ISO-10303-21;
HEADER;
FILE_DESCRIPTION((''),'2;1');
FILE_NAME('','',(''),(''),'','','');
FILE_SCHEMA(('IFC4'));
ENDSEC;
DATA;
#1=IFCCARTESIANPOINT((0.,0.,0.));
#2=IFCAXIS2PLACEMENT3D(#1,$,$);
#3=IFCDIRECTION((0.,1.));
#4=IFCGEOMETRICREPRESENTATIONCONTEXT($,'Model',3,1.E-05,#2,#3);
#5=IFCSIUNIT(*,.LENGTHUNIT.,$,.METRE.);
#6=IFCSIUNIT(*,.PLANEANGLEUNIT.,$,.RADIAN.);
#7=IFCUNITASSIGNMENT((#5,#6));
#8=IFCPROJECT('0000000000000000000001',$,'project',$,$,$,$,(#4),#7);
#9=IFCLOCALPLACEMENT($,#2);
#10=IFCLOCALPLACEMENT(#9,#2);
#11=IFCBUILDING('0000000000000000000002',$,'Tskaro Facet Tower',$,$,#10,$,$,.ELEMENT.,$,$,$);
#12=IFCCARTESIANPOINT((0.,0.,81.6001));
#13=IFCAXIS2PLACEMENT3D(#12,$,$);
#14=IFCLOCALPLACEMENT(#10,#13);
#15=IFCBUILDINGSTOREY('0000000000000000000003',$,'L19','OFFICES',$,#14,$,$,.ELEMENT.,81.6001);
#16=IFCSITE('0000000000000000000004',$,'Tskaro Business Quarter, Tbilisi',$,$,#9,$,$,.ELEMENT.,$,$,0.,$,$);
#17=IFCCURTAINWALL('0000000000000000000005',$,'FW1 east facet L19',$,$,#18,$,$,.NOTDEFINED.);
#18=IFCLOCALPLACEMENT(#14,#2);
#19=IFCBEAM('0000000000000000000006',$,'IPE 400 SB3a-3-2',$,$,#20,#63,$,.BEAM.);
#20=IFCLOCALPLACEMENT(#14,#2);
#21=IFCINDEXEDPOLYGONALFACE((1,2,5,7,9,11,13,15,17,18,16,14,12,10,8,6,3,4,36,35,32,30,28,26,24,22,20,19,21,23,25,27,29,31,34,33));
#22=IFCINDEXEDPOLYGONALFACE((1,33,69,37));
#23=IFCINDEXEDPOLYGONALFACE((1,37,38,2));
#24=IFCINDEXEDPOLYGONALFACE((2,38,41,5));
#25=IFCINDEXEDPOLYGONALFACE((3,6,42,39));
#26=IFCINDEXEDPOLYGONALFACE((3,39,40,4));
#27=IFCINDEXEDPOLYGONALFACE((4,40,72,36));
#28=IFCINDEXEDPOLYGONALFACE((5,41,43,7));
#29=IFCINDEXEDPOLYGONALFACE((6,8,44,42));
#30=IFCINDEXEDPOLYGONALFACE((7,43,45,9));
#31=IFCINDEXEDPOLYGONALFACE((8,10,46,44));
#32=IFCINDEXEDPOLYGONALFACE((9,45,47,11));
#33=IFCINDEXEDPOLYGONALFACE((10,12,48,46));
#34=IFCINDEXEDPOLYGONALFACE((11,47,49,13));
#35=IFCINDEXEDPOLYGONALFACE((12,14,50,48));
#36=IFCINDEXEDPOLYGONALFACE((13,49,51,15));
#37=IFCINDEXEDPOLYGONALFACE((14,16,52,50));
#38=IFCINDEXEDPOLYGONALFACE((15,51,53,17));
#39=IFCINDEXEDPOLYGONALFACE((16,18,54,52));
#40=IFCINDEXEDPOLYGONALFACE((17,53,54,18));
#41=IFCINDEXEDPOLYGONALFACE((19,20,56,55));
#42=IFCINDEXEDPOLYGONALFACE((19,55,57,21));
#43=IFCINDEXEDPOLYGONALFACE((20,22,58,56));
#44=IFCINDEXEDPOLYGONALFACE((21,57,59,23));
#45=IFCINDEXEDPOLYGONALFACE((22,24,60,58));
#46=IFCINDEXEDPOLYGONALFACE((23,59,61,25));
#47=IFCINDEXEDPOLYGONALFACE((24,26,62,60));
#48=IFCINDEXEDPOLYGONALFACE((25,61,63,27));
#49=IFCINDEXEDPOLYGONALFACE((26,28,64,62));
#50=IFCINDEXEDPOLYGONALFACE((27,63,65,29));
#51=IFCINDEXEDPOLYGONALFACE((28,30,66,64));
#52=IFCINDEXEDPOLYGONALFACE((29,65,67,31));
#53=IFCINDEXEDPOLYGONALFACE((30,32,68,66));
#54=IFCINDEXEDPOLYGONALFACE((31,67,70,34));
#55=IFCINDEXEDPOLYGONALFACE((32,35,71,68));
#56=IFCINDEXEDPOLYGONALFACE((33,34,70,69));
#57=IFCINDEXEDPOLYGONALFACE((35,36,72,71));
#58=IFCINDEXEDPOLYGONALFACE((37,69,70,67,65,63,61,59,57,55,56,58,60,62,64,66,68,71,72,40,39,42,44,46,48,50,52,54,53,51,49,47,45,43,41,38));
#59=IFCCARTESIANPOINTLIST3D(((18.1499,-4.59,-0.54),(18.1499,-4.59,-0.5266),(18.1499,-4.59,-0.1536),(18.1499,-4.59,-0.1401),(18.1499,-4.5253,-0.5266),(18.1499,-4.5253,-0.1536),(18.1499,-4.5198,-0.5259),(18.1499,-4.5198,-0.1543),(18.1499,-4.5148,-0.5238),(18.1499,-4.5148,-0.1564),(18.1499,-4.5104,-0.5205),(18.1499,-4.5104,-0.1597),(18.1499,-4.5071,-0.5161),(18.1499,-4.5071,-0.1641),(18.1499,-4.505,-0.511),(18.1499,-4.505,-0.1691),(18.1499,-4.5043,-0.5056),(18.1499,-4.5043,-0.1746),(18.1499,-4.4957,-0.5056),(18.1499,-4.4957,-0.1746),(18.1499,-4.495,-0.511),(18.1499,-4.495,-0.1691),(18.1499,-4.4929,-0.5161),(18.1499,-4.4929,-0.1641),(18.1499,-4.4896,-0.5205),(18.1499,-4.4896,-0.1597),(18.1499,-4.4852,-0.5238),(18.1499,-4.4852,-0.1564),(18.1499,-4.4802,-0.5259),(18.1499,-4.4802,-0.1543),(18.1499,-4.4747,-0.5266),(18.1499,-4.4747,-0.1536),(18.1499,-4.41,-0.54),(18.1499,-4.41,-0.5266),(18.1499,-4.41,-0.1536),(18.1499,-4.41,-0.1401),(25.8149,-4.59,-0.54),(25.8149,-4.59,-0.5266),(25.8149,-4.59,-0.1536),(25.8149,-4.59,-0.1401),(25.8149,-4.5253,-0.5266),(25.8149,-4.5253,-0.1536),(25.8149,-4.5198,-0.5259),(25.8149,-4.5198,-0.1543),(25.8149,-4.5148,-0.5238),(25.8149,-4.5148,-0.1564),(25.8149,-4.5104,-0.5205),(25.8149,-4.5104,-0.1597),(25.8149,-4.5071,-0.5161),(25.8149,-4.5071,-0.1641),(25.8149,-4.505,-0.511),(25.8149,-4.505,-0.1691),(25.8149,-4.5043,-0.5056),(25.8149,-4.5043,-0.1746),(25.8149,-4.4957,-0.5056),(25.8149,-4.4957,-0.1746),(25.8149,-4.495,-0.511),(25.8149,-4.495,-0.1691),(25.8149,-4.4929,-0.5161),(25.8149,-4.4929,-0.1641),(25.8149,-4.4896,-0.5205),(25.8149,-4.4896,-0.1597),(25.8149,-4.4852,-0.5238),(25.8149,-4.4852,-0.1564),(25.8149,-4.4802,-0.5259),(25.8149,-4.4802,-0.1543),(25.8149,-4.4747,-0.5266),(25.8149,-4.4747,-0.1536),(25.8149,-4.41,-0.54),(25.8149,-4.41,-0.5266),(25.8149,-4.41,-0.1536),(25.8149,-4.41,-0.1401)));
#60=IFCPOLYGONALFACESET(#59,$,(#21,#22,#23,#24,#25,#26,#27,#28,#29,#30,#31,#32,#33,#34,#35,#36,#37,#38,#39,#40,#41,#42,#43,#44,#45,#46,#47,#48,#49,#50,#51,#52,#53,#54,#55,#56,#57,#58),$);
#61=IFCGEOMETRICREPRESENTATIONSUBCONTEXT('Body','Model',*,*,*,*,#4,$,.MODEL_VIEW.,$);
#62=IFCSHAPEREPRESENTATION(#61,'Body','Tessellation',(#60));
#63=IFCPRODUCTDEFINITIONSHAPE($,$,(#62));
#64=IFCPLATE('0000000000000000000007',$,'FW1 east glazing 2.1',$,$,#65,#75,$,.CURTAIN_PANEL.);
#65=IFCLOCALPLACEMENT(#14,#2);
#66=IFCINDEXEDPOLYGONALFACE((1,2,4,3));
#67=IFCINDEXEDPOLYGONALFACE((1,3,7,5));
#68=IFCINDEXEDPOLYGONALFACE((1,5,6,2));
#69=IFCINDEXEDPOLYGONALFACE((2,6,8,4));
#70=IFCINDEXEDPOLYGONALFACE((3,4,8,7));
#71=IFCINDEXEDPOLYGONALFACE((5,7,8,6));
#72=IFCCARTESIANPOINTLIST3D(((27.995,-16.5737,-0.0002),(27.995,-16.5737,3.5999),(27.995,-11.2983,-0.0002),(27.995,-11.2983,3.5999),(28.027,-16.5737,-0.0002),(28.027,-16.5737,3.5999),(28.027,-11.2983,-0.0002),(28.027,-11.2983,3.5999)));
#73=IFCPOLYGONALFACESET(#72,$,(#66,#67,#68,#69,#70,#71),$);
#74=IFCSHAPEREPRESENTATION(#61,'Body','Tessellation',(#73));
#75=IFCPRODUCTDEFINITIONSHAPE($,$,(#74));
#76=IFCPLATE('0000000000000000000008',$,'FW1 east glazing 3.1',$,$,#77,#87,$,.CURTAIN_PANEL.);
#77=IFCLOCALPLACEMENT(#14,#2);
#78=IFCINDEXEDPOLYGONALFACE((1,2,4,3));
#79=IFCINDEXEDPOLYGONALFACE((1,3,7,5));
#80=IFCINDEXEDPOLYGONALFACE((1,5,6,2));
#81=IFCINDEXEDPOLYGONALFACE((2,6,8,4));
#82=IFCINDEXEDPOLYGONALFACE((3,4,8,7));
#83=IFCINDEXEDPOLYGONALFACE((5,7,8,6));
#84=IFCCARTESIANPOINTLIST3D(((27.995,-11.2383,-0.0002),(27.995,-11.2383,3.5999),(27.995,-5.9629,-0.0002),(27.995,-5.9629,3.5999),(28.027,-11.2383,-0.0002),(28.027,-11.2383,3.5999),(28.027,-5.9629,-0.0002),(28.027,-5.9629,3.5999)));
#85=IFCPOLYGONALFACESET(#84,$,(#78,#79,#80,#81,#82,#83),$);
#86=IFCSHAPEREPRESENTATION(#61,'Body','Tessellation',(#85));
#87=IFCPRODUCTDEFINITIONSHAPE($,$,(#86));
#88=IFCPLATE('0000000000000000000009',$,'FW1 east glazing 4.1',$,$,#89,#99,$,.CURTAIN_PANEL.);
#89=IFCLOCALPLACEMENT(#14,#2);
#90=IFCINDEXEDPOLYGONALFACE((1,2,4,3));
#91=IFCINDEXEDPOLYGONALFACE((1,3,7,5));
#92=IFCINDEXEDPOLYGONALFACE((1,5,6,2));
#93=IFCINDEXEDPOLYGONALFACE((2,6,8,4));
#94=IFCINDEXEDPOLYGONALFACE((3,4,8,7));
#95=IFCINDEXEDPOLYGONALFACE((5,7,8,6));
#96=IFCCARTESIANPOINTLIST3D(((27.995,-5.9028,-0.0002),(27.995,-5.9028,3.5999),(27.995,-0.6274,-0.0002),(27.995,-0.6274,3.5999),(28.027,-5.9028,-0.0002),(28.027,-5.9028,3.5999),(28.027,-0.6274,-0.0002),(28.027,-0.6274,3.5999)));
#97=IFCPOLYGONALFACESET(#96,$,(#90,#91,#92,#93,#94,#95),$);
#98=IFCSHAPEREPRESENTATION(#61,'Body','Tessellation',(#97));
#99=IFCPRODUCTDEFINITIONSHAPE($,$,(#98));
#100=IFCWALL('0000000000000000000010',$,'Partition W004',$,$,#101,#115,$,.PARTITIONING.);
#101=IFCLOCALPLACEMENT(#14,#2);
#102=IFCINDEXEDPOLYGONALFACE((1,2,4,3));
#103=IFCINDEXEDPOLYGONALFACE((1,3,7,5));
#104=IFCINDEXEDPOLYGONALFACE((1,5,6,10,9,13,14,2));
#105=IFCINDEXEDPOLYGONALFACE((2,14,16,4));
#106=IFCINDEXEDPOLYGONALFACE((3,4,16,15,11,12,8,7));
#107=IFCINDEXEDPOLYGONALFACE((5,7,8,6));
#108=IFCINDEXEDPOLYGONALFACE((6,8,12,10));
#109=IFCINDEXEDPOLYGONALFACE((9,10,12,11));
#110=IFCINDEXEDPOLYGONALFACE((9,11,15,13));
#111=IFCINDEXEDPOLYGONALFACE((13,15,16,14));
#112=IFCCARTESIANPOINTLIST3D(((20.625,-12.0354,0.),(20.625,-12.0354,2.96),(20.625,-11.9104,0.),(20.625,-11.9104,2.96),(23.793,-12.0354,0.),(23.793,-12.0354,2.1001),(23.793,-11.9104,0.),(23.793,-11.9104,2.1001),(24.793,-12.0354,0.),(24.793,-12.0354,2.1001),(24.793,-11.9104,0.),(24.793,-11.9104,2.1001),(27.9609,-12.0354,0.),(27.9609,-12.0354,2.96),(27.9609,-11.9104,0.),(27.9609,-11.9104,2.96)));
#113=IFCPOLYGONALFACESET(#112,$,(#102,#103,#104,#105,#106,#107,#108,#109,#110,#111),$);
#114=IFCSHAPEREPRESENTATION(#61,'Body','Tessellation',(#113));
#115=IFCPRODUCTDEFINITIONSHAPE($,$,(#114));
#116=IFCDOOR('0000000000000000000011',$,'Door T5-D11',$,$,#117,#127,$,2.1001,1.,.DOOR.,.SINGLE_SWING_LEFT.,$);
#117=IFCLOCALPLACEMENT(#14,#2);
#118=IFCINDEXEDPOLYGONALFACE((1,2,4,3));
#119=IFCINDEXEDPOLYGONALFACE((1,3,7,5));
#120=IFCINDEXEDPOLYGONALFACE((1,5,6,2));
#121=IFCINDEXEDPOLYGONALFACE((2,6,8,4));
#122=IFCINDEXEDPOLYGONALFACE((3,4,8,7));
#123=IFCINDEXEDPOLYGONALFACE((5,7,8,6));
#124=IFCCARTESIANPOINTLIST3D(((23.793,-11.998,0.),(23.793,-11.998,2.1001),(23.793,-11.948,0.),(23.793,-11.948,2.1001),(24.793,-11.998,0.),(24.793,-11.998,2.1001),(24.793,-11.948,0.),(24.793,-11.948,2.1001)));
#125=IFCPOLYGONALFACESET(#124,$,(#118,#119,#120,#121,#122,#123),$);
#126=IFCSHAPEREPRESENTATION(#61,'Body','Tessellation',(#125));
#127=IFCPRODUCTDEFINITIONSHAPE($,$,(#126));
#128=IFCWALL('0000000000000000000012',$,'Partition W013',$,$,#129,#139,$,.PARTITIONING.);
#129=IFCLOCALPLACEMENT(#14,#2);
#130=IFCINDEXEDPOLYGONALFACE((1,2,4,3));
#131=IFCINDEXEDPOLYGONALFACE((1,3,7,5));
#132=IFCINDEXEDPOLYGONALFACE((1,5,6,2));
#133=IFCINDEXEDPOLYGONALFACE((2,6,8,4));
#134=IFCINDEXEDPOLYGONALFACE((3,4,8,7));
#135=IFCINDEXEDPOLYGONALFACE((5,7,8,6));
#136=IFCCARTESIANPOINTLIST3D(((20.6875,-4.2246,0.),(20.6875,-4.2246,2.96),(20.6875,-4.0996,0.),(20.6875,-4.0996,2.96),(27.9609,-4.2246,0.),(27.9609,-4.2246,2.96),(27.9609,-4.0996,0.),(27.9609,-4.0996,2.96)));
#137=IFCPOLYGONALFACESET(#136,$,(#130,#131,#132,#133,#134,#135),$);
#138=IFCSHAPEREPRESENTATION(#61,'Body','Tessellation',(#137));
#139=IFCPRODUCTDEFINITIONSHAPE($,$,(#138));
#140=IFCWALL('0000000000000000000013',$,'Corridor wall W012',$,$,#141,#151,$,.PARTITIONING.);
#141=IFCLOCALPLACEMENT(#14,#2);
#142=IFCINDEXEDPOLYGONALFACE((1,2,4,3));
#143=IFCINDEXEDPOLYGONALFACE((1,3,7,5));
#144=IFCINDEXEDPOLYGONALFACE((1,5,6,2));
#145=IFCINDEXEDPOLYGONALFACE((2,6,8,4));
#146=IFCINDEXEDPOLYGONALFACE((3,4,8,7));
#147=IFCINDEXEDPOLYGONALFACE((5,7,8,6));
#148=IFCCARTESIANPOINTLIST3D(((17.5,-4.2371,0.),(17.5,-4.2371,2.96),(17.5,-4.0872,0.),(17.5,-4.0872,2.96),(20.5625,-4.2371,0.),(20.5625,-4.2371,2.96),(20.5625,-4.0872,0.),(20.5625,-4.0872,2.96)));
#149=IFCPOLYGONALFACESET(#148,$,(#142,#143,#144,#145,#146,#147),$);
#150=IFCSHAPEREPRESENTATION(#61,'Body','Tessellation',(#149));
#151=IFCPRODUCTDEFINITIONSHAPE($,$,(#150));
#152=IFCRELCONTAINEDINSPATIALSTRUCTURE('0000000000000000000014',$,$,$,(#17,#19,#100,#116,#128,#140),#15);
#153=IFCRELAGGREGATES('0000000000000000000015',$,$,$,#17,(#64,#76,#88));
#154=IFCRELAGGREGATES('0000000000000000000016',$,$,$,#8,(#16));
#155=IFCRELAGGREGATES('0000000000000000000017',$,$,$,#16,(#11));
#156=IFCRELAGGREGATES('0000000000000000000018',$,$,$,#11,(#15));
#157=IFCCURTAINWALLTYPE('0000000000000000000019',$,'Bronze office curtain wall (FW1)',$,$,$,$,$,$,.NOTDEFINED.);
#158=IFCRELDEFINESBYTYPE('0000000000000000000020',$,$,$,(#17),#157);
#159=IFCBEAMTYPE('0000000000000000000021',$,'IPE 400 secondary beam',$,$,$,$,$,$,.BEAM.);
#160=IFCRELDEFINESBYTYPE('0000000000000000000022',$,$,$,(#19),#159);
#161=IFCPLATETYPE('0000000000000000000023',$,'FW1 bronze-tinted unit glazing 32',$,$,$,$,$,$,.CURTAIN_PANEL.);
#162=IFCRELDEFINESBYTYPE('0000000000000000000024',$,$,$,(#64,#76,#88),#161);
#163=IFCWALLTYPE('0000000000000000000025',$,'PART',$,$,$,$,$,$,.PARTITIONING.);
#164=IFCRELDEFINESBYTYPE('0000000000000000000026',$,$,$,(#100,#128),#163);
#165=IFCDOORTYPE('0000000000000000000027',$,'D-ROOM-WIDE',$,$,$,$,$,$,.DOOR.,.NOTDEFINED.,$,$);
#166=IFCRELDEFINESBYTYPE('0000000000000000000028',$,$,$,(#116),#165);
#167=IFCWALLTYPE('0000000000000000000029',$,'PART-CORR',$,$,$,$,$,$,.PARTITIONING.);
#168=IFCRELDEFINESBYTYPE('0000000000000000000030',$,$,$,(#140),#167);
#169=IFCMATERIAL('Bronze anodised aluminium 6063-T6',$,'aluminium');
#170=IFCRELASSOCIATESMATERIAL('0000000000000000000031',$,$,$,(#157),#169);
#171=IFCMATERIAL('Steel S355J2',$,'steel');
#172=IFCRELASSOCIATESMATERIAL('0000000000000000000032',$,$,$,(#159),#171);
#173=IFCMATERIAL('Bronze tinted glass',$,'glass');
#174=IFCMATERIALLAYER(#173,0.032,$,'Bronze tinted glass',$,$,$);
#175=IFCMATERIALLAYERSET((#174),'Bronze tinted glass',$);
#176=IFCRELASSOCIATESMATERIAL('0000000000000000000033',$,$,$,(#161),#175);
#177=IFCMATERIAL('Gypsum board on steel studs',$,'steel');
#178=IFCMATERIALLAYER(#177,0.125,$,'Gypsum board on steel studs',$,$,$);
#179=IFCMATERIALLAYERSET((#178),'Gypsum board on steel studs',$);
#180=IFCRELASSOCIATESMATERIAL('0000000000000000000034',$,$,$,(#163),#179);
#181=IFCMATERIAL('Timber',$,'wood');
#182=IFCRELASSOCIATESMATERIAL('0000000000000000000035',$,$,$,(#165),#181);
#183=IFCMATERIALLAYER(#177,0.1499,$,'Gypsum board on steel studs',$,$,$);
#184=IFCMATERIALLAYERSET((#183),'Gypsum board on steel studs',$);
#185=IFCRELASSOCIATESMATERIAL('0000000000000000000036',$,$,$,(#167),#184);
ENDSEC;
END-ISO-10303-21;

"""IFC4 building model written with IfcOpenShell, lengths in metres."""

from ifc_helpers import new_model, si_unit, direction, frame, frame_2d, origin, origin_2d, place, context, subcontext, project, spatial, rectangle, i_section, extrude, material, layer, layer_set, material_profile, profile_set, type_object, element, fill, aggregate, save


model = new_model("IFC4")

# Units and contexts
model_context = context("Model", 3, precision=1e-05, world=origin(), true_north=direction((0.0, 1.0)))
body_context = subcontext(model_context, "Body", "Model", "MODEL_VIEW")
ifc_project = project(units=[si_unit("LENGTHUNIT", "METRE"), si_unit("PLANEANGLEUNIT", "RADIAN")], contexts=[model_context])

# Site, building, storey
site_placement = place(None, origin())
site = spatial("IfcSite", under=ifc_project, at=site_placement, Name="Tskaro Business Quarter, Tbilisi", CompositionType="ELEMENT", RefElevation=0.0)
building_placement = place(site_placement, origin())
building = spatial("IfcBuilding", under=site, at=building_placement, Name="Tskaro Facet Tower", CompositionType="ELEMENT")
storey_placement = place(building_placement, frame((0.0, 0.0, 81.6001)))
storey = spatial("IfcBuildingStorey", under=building, at=storey_placement, Name="L19", Description="OFFICES", CompositionType="ELEMENT", Elevation=81.6001)

# Curtain wall
ifc_material_1 = material(Name="Bronze anodised aluminium 6063-T6", Category="aluminium")
curtain_wall_type = type_object("IfcCurtainWallType", Name="Bronze office curtain wall (FW1)", PredefinedType="NOTDEFINED", material=ifc_material_1)
curtain_wall_placement = place(storey_placement, origin())
curtain_wall = element("IfcCurtainWall", 1, at=curtain_wall_placement, inside=storey, type_object=curtain_wall_type, Name="FW1 east facet L19", PredefinedType="NOTDEFINED")

# Beam
ifc_material_2 = material(Name="Steel S355J2", Category="steel")
ifc_material_profile_1 = material_profile(ifc_material_2, i_section(OverallWidth=0.1799, OverallDepth=0.3999, WebThickness=0.0085, FlangeThickness=0.0134, FilletRadius=0.021, at=origin_2d()), Name="IPE 400")
ifc_profile_set_1 = profile_set([ifc_material_profile_1], Name="Steel S355J2")
beam_type_1 = type_object("IfcBeamType", Name="IPE 400 secondary beam", PredefinedType="BEAM", material=ifc_profile_set_1)
for number, where, z_axis, x_axis, name in (
    (2, (18.1499, -4.5, -0.3401), (1.0, 0.0, 0.0), (0.0, 1.0, 0.0), "IPE 400 SB3a-3-2"),
):
    element("IfcBeam", number, at=place(storey_placement, frame(where, z_axis=z_axis, x_axis=x_axis)), inside=storey, type_object=beam_type_1, Name=name, PredefinedType="BEAM", context=body_context, shape_type="SweptSolid", body=[
        extrude(i_section(OverallWidth=0.1799, OverallDepth=0.3999, WebThickness=0.0085, FlangeThickness=0.0134, FilletRadius=0.021, at=origin_2d()), origin(), (0.0, 0.0, 1.0), 7.665),
    ])

# Plates
ifc_material_3 = material(Name="Bronze tinted glass", Category="glass")
ifc_layer_1 = layer(ifc_material_3, 0.032, Name="Bronze tinted glass")
ifc_layer_set_1 = layer_set([ifc_layer_1], Name="Bronze tinted glass")
plate_type = type_object("IfcPlateType", Name="FW1 bronze-tinted unit glazing 32", PredefinedType="CURTAIN_PANEL", material=ifc_layer_set_1)
plate_1_placement = place(storey_placement, frame((28.011, -13.936, -0.0002), z_axis=(0.0, 0.0, 1.0), x_axis=(0.0, 1.0, 0.0)))
plate_1 = element("IfcPlate", 3, at=plate_1_placement, type_object=plate_type, Name="FW1 east glazing 2.1", PredefinedType="CURTAIN_PANEL", context=body_context, shape_type="SweptSolid", body=[
    extrude(rectangle(XDim=5.2754, YDim=0.032, at=origin_2d()), origin(), (0.0, 0.0, 1.0), 3.6001),
])
plate_2_placement = place(storey_placement, frame((28.011, -8.6006, -0.0002), z_axis=(0.0, 0.0, 1.0), x_axis=(0.0, 1.0, 0.0)))
plate_2 = element("IfcPlate", 4, at=plate_2_placement, type_object=plate_type, Name="FW1 east glazing 3.1", PredefinedType="CURTAIN_PANEL", context=body_context, shape_type="SweptSolid", body=[
    extrude(rectangle(XDim=5.2754, YDim=0.032, at=origin_2d()), origin(), (0.0, 0.0, 1.0), 3.6001),
])
plate_3_placement = place(storey_placement, frame((28.011, -3.2651, -0.0002), z_axis=(0.0, 0.0, 1.0), x_axis=(0.0, 1.0, 0.0)))
plate_3 = element("IfcPlate", 5, at=plate_3_placement, type_object=plate_type, Name="FW1 east glazing 4.1", PredefinedType="CURTAIN_PANEL", context=body_context, shape_type="SweptSolid", body=[
    extrude(rectangle(XDim=5.2754, YDim=0.032, at=origin_2d()), origin(), (0.0, 0.0, 1.0), 3.6001),
])
aggregate(curtain_wall, [plate_1, plate_2, plate_3])

# Wall, opening, door
ifc_material_4 = material(Name="Gypsum board on steel studs", Category="steel")
ifc_layer_2 = layer(ifc_material_4, 0.125, Name="Gypsum board on steel studs")
ifc_layer_set_2 = layer_set([ifc_layer_2], Name="Gypsum board on steel studs")
wall_type_1 = type_object("IfcWallType", Name="PART", PredefinedType="PARTITIONING", material=ifc_layer_set_2)
wall_1_placement = place(storey_placement, frame((20.625, -11.9729, 0.0), z_axis=(0.0, 0.0, 1.0), x_axis=(1.0, 0.0, 0.0)))
wall_1 = element("IfcWall", 6, at=wall_1_placement, inside=storey, type_object=wall_type_1, Name="Partition W004", PredefinedType="PARTITIONING", context=body_context, shape_type="SweptSolid", body=[
    extrude(rectangle(XDim=7.3359, YDim=0.125, at=frame_2d((3.668, 0.0))), origin(), (0.0, 0.0, 1.0), 2.96),
])
opening_1_placement = place(wall_1_placement, frame((3.168, 0.0, 0.0)))
opening_1 = element("IfcOpeningElement", 7, at=opening_1_placement, cuts=wall_1, PredefinedType="OPENING", context=body_context, shape_type="SweptSolid", body=[
    extrude(rectangle(XDim=1.0, YDim=2.1001, at=frame_2d((0.5, 1.05))), frame((0.0, 0.0725, 0.0), z_axis=(0.0, -1.0, 0.0), x_axis=(1.0, 0.0, 0.0)), (0.0, 0.0, 1.0), 0.145),
])
ifc_material_5 = material(Name="Timber", Category="wood")
door_type_1 = type_object("IfcDoorType", Name="D-ROOM-WIDE", OperationType="NOTDEFINED", PredefinedType="DOOR", material=ifc_material_5)
door_1_placement = place(opening_1_placement, origin())
door_1 = element("IfcDoor", 8, at=door_1_placement, inside=storey, type_object=door_type_1, Name="Door T5-D11", OperationType="SINGLE_SWING_LEFT", OverallHeight=2.1001, OverallWidth=1.0, PredefinedType="DOOR", context=body_context, shape_type="SweptSolid", body=[
    extrude(rectangle(XDim=1.0, YDim=2.1001, at=frame_2d((0.5, 1.05))), frame((0.0, 0.0249, 0.0), z_axis=(0.0, -1.0, 0.0), x_axis=(1.0, 0.0, 0.0)), (0.0, 0.0, 1.0), 0.05),
])
fill(opening_1, door_1)

# Walls
wall_2_placement = place(storey_placement, frame((20.6875, -4.1621, 0.0), z_axis=(0.0, 0.0, 1.0), x_axis=(1.0, 0.0, 0.0)))
element("IfcWall", 9, at=wall_2_placement, inside=storey, type_object=wall_type_1, Name="Partition W013", PredefinedType="PARTITIONING", context=body_context, shape_type="SweptSolid", body=[
    extrude(rectangle(XDim=7.2734, YDim=0.125, at=frame_2d((3.6367, 0.0))), origin(), (0.0, 0.0, 1.0), 2.96),
])
ifc_layer_3 = layer(ifc_material_4, 0.1499, Name="Gypsum board on steel studs")
ifc_layer_set_3 = layer_set([ifc_layer_3], Name="Gypsum board on steel studs")
wall_type_2 = type_object("IfcWallType", Name="PART-CORR", PredefinedType="PARTITIONING", material=ifc_layer_set_3)
wall_3_placement = place(storey_placement, frame((17.5, -4.1621, 0.0), z_axis=(0.0, 0.0, 1.0), x_axis=(1.0, 0.0, 0.0)))
element("IfcWall", 10, at=wall_3_placement, inside=storey, type_object=wall_type_2, Name="Corridor wall W012", PredefinedType="PARTITIONING", context=body_context, shape_type="SweptSolid", body=[
    extrude(rectangle(XDim=3.0625, YDim=0.1499, at=frame_2d((1.5312, 0.0))), origin(), (0.0, 0.0, 1.0), 2.96),
])

save(model, "model.ifc")
